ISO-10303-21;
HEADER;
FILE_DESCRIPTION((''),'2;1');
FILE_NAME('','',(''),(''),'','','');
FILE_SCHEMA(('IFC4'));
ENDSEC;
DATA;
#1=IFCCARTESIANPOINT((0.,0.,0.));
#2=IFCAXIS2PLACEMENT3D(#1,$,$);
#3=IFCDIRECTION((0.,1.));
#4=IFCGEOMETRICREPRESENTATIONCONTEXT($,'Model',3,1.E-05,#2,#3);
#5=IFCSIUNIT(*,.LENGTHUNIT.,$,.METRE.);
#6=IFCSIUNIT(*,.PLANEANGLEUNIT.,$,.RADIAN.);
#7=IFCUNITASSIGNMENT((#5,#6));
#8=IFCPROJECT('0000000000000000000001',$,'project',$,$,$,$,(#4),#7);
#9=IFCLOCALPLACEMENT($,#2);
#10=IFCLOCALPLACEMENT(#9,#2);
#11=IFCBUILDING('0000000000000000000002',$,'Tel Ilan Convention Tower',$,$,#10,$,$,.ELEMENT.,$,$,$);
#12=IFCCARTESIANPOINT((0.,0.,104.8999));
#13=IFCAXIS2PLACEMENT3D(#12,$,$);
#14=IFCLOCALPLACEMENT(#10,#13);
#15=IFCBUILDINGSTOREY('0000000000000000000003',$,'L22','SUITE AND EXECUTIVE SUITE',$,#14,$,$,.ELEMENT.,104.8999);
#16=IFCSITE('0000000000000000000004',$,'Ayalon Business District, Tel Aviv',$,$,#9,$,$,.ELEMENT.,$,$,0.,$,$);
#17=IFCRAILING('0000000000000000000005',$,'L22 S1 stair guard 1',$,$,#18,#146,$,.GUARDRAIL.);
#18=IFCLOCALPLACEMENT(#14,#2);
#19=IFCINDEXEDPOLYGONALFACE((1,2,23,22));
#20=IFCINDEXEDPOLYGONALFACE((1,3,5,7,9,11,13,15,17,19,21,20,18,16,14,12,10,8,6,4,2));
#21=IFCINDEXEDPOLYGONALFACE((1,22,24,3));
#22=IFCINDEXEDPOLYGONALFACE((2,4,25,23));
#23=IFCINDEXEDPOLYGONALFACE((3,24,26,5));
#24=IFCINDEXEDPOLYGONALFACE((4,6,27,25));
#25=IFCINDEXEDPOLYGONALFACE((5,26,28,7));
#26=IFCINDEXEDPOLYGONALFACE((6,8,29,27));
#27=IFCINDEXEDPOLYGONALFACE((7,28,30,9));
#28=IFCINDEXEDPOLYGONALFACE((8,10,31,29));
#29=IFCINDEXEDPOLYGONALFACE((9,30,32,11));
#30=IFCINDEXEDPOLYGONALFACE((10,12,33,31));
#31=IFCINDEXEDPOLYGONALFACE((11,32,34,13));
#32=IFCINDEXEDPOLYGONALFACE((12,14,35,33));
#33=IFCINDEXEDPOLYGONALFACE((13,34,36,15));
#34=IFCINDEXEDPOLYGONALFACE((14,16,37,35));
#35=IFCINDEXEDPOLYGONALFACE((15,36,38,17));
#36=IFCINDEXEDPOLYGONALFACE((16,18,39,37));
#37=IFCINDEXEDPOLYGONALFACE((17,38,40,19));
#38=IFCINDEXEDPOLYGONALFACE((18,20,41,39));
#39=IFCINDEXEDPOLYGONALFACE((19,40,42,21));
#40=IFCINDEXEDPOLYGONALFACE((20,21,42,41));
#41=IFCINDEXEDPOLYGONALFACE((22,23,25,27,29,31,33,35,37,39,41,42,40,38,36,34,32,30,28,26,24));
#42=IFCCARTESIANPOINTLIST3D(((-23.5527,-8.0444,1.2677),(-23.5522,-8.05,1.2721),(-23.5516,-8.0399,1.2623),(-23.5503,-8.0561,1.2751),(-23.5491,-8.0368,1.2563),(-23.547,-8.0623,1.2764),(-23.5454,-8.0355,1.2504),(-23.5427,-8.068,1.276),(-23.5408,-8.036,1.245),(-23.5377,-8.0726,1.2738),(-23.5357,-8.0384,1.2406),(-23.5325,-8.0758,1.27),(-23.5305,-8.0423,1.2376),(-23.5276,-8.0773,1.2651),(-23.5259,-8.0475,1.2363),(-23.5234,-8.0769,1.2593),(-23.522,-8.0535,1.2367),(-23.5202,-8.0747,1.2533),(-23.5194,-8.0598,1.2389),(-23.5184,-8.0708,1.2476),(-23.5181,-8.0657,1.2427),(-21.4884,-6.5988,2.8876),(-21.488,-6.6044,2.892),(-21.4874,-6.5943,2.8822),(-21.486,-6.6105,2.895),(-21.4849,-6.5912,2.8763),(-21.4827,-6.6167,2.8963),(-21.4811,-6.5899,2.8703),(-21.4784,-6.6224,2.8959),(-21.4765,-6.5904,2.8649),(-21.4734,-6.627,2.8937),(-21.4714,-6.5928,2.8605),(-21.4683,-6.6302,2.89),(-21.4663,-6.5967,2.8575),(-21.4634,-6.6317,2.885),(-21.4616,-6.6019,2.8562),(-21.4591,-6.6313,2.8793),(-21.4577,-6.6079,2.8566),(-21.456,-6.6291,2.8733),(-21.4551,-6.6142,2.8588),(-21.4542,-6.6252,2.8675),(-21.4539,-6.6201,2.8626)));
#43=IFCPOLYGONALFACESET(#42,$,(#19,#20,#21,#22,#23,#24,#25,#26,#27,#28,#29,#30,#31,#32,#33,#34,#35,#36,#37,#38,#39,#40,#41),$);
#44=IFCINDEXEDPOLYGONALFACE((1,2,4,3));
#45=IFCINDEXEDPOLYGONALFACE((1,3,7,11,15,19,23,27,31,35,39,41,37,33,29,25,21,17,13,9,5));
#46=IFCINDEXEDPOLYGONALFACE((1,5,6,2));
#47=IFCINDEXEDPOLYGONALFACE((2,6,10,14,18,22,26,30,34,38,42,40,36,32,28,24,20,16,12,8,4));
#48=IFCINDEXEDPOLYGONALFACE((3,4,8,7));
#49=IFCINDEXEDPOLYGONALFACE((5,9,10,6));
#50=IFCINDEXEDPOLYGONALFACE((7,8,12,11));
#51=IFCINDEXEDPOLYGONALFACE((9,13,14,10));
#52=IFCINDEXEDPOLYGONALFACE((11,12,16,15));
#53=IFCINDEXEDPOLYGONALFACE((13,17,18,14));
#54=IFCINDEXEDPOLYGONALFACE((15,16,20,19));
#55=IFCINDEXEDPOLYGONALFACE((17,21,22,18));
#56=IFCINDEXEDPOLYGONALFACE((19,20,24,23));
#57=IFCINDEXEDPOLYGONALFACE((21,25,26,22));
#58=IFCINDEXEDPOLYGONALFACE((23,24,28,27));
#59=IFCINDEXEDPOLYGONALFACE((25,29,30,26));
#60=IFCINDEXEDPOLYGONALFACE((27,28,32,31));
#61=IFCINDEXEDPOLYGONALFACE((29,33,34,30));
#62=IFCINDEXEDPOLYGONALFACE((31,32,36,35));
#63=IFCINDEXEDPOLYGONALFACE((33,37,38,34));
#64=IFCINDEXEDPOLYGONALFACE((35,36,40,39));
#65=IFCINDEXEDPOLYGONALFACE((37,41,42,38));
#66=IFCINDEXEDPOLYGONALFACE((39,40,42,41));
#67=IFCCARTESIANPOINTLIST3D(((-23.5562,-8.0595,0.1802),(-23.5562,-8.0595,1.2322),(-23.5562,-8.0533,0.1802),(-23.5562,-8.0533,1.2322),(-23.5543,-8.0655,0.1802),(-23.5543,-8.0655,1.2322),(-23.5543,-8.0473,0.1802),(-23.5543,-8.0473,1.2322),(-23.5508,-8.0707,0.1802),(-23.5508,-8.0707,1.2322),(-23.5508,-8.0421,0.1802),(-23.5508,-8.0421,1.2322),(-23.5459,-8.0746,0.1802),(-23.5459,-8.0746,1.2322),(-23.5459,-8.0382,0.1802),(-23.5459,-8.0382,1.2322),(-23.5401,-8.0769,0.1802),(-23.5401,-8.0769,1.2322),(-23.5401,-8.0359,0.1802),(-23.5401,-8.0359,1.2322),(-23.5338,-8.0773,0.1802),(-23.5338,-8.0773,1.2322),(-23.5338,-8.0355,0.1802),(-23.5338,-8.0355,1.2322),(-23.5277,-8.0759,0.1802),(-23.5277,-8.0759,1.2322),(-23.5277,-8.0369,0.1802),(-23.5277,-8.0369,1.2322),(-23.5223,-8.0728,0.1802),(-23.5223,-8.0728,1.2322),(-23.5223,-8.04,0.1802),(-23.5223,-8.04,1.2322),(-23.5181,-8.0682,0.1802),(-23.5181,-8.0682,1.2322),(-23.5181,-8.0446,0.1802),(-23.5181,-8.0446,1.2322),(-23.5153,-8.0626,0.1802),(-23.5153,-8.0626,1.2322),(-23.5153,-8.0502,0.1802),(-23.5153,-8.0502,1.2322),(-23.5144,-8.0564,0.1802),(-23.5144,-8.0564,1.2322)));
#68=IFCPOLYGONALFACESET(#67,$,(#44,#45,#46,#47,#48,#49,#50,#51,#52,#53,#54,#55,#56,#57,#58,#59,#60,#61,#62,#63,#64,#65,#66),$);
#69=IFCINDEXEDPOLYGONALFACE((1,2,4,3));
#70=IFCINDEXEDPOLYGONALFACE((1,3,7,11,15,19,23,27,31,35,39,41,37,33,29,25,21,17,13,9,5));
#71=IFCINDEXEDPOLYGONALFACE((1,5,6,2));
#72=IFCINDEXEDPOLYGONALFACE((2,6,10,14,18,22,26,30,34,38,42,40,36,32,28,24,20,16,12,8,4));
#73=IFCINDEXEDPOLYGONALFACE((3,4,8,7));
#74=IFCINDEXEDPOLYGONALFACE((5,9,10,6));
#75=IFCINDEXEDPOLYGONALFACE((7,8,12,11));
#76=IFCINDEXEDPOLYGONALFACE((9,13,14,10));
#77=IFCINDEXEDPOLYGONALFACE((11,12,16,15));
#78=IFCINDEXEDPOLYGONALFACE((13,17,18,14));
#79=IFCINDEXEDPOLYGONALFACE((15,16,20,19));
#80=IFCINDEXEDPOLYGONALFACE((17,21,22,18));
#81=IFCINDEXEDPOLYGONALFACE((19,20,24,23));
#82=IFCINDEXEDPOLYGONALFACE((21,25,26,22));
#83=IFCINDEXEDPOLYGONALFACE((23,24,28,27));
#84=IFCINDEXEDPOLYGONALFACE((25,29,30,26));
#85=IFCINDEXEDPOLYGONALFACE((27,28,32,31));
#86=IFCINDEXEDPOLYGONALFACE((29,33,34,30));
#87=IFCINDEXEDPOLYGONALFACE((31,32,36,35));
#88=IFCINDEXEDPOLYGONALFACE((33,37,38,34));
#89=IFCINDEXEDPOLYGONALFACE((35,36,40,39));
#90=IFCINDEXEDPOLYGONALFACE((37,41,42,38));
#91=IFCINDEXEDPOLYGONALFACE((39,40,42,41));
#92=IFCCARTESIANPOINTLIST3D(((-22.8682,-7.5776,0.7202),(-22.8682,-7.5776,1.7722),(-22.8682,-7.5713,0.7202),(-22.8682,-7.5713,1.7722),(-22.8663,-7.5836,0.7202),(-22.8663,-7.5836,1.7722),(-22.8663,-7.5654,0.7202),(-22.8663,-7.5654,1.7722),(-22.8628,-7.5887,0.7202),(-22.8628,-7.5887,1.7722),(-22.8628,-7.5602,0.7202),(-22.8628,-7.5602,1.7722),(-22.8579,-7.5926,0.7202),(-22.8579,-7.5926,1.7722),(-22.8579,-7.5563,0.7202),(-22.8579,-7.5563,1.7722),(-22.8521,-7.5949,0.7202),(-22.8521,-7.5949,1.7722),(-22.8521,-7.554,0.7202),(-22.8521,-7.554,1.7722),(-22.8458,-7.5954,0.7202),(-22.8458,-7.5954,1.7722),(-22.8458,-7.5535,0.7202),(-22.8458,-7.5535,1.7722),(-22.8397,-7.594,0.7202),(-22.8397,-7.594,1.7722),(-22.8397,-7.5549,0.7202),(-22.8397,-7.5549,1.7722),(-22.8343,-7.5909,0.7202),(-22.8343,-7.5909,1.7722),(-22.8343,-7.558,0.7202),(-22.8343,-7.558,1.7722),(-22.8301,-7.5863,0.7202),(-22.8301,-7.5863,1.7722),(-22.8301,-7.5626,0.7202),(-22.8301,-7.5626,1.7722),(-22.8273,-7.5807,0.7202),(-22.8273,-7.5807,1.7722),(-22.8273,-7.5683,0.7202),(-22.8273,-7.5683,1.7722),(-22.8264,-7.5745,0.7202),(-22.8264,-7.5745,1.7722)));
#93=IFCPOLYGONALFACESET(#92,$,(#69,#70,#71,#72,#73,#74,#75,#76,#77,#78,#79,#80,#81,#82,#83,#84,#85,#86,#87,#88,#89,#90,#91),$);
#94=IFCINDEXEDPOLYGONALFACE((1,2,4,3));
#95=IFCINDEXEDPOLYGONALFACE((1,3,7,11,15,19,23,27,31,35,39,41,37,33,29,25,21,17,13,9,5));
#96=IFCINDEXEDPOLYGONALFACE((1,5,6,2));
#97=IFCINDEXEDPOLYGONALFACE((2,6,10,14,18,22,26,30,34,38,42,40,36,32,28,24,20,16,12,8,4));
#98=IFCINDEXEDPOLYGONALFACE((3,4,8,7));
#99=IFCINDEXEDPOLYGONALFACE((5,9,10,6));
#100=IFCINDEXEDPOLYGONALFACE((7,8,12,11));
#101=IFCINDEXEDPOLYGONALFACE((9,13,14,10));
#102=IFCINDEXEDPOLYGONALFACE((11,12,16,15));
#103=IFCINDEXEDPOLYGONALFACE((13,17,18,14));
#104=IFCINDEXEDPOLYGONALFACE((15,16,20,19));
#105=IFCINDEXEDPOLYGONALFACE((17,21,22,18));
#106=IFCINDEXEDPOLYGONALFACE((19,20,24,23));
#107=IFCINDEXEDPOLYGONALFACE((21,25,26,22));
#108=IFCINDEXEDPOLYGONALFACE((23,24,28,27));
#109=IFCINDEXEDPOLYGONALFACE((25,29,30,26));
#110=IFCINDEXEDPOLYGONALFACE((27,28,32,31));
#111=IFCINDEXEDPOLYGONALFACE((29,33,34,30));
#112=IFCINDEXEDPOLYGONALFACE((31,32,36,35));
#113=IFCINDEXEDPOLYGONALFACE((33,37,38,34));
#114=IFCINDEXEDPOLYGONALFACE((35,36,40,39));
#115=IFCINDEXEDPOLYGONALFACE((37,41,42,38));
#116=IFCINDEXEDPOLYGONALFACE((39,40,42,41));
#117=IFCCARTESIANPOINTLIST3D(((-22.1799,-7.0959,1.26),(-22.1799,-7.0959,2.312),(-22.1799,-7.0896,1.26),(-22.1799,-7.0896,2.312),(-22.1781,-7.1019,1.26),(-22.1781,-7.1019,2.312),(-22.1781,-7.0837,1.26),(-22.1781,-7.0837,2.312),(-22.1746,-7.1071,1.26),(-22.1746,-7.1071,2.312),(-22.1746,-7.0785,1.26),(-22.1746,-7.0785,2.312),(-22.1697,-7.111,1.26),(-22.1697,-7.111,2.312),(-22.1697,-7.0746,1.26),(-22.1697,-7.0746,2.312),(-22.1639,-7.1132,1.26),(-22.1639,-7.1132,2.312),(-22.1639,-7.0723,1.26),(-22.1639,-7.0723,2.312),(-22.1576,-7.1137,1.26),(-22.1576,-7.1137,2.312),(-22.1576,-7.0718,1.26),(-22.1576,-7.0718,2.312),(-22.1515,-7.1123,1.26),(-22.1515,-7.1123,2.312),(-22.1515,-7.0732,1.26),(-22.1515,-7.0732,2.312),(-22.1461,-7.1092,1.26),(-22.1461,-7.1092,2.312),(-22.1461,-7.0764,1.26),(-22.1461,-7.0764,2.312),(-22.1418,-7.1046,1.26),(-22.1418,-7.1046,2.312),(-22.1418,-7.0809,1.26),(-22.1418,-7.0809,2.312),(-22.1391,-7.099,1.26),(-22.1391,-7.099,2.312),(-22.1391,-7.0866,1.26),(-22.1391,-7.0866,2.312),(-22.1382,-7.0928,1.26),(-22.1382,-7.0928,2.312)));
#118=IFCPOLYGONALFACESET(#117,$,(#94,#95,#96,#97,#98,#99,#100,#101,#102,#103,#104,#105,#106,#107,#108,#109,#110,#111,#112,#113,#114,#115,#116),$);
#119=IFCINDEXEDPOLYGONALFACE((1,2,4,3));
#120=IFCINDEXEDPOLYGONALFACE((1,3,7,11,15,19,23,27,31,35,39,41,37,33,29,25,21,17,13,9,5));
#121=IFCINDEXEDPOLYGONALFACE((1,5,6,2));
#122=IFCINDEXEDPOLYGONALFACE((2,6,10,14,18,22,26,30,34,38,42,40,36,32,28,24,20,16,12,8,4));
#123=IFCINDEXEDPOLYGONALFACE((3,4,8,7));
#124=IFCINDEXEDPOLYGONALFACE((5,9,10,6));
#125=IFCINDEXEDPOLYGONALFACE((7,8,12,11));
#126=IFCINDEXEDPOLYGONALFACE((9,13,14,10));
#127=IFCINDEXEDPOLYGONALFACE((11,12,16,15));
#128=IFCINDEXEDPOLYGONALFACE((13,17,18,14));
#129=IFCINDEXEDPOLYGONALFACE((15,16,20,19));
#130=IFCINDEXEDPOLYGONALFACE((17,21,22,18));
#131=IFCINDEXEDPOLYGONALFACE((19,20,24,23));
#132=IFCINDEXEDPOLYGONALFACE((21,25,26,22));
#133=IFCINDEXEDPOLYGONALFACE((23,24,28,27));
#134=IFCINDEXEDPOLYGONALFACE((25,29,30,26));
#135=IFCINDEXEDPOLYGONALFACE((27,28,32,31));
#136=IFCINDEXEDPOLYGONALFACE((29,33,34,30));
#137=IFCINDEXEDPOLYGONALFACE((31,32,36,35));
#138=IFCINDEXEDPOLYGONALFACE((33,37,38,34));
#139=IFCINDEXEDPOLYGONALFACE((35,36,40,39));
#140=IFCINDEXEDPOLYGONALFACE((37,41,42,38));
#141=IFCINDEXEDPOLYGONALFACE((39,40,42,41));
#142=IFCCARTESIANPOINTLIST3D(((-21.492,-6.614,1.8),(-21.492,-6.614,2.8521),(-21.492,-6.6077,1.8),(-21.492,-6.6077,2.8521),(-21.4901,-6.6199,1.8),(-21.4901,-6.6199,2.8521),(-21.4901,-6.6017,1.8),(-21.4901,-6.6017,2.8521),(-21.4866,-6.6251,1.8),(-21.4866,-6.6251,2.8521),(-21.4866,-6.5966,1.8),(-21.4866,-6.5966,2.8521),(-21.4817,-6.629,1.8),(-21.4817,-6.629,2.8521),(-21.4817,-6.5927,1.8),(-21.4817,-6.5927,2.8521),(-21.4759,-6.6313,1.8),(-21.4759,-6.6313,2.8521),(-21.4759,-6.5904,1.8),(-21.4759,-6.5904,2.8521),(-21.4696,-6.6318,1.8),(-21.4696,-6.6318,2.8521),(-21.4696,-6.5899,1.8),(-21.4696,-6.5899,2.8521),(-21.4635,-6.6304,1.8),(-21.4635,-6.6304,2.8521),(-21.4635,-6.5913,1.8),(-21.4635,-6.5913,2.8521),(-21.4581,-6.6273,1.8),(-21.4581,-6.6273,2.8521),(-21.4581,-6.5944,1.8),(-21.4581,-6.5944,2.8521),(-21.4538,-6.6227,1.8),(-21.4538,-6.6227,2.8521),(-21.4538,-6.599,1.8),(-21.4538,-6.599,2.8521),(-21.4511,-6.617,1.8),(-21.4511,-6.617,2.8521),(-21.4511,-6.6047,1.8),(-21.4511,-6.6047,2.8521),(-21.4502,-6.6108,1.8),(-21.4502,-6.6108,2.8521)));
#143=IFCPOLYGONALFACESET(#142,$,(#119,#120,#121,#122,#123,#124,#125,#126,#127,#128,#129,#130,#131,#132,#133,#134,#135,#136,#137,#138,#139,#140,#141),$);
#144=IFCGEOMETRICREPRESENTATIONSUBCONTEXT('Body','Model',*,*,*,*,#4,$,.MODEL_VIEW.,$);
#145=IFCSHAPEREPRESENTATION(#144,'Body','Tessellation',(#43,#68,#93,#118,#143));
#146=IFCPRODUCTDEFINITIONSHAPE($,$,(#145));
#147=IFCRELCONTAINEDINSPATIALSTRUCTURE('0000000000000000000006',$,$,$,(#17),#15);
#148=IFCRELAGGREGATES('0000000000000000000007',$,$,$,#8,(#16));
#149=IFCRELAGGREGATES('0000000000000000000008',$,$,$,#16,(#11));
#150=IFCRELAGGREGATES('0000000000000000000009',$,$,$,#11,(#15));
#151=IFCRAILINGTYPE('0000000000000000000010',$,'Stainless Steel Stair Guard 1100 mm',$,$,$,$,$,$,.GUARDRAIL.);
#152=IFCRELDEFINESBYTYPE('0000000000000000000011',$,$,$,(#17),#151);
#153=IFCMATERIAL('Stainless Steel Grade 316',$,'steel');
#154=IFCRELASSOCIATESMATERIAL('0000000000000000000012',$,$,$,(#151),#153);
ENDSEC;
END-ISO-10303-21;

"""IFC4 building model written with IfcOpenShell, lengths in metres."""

from ifc_helpers import new_model, si_unit, direction, frame, origin, origin_2d, place, context, subcontext, project, spatial, circle, extrude, material, type_object, element, save


model = new_model("IFC4")

# Units and contexts
model_context = context("Model", 3, precision=1e-05, world=origin(), true_north=direction((0.0, 1.0)))
body_context = subcontext(model_context, "Body", "Model", "MODEL_VIEW")
ifc_project = project(units=[si_unit("LENGTHUNIT", "METRE"), si_unit("PLANEANGLEUNIT", "RADIAN")], contexts=[model_context])

# Site, building, storey
site_placement = place(None, origin())
site = spatial("IfcSite", under=ifc_project, at=site_placement, Name="Ayalon Business District, Tel Aviv", CompositionType="ELEMENT", RefElevation=0.0)
building_placement = place(site_placement, origin())
building = spatial("IfcBuilding", under=site, at=building_placement, Name="Tel Ilan Convention Tower", CompositionType="ELEMENT")
storey_placement = place(building_placement, frame((0.0, 0.0, 104.8999)))
storey = spatial("IfcBuildingStorey", under=building, at=storey_placement, Name="L22", Description="SUITE AND EXECUTIVE SUITE", CompositionType="ELEMENT", Elevation=104.8999)

# Railing
ifc_material_1 = material(Name="Stainless Steel Grade 316", Category="steel")
railing_type_1 = type_object("IfcRailingType", Name="Stainless Steel Stair Guard 1100 mm", PredefinedType="GUARDRAIL", material=ifc_material_1)
railing_1_placement = place(storey_placement, frame((-23.5354, -8.0564, 0.1802)))
element("IfcRailing", 1, at=railing_1_placement, inside=storey, type_object=railing_type_1, Name="L22 S1 stair guard 1", PredefinedType="GUARDRAIL", context=body_context, shape_type="SweptSolid", body=[
    extrude(circle(Radius=0.0239, at=origin_2d()), frame((0.0, 0.0, 1.0762), z_axis=(0.689043, 0.482534, 0.540722), x_axis=(-0.573625, 0.819118, 0.0)), (0.0, 0.0, 1.0), 2.9958),
    extrude(circle(Radius=0.021, at=origin_2d()), origin(), (0.0, 0.0, 1.0), 1.052),
    extrude(circle(Radius=0.021, at=origin_2d()), frame((0.688, 0.4819, 0.54)), (0.0, 0.0, 1.0), 1.052),
    extrude(circle(Radius=0.021, at=origin_2d()), frame((1.3762, 0.9636, 1.0798)), (0.0, 0.0, 1.0), 1.052),
    extrude(circle(Radius=0.021, at=origin_2d()), frame((2.0642, 1.4456, 1.6199)), (0.0, 0.0, 1.0), 1.052),
])

save(model, "model.ifc")
